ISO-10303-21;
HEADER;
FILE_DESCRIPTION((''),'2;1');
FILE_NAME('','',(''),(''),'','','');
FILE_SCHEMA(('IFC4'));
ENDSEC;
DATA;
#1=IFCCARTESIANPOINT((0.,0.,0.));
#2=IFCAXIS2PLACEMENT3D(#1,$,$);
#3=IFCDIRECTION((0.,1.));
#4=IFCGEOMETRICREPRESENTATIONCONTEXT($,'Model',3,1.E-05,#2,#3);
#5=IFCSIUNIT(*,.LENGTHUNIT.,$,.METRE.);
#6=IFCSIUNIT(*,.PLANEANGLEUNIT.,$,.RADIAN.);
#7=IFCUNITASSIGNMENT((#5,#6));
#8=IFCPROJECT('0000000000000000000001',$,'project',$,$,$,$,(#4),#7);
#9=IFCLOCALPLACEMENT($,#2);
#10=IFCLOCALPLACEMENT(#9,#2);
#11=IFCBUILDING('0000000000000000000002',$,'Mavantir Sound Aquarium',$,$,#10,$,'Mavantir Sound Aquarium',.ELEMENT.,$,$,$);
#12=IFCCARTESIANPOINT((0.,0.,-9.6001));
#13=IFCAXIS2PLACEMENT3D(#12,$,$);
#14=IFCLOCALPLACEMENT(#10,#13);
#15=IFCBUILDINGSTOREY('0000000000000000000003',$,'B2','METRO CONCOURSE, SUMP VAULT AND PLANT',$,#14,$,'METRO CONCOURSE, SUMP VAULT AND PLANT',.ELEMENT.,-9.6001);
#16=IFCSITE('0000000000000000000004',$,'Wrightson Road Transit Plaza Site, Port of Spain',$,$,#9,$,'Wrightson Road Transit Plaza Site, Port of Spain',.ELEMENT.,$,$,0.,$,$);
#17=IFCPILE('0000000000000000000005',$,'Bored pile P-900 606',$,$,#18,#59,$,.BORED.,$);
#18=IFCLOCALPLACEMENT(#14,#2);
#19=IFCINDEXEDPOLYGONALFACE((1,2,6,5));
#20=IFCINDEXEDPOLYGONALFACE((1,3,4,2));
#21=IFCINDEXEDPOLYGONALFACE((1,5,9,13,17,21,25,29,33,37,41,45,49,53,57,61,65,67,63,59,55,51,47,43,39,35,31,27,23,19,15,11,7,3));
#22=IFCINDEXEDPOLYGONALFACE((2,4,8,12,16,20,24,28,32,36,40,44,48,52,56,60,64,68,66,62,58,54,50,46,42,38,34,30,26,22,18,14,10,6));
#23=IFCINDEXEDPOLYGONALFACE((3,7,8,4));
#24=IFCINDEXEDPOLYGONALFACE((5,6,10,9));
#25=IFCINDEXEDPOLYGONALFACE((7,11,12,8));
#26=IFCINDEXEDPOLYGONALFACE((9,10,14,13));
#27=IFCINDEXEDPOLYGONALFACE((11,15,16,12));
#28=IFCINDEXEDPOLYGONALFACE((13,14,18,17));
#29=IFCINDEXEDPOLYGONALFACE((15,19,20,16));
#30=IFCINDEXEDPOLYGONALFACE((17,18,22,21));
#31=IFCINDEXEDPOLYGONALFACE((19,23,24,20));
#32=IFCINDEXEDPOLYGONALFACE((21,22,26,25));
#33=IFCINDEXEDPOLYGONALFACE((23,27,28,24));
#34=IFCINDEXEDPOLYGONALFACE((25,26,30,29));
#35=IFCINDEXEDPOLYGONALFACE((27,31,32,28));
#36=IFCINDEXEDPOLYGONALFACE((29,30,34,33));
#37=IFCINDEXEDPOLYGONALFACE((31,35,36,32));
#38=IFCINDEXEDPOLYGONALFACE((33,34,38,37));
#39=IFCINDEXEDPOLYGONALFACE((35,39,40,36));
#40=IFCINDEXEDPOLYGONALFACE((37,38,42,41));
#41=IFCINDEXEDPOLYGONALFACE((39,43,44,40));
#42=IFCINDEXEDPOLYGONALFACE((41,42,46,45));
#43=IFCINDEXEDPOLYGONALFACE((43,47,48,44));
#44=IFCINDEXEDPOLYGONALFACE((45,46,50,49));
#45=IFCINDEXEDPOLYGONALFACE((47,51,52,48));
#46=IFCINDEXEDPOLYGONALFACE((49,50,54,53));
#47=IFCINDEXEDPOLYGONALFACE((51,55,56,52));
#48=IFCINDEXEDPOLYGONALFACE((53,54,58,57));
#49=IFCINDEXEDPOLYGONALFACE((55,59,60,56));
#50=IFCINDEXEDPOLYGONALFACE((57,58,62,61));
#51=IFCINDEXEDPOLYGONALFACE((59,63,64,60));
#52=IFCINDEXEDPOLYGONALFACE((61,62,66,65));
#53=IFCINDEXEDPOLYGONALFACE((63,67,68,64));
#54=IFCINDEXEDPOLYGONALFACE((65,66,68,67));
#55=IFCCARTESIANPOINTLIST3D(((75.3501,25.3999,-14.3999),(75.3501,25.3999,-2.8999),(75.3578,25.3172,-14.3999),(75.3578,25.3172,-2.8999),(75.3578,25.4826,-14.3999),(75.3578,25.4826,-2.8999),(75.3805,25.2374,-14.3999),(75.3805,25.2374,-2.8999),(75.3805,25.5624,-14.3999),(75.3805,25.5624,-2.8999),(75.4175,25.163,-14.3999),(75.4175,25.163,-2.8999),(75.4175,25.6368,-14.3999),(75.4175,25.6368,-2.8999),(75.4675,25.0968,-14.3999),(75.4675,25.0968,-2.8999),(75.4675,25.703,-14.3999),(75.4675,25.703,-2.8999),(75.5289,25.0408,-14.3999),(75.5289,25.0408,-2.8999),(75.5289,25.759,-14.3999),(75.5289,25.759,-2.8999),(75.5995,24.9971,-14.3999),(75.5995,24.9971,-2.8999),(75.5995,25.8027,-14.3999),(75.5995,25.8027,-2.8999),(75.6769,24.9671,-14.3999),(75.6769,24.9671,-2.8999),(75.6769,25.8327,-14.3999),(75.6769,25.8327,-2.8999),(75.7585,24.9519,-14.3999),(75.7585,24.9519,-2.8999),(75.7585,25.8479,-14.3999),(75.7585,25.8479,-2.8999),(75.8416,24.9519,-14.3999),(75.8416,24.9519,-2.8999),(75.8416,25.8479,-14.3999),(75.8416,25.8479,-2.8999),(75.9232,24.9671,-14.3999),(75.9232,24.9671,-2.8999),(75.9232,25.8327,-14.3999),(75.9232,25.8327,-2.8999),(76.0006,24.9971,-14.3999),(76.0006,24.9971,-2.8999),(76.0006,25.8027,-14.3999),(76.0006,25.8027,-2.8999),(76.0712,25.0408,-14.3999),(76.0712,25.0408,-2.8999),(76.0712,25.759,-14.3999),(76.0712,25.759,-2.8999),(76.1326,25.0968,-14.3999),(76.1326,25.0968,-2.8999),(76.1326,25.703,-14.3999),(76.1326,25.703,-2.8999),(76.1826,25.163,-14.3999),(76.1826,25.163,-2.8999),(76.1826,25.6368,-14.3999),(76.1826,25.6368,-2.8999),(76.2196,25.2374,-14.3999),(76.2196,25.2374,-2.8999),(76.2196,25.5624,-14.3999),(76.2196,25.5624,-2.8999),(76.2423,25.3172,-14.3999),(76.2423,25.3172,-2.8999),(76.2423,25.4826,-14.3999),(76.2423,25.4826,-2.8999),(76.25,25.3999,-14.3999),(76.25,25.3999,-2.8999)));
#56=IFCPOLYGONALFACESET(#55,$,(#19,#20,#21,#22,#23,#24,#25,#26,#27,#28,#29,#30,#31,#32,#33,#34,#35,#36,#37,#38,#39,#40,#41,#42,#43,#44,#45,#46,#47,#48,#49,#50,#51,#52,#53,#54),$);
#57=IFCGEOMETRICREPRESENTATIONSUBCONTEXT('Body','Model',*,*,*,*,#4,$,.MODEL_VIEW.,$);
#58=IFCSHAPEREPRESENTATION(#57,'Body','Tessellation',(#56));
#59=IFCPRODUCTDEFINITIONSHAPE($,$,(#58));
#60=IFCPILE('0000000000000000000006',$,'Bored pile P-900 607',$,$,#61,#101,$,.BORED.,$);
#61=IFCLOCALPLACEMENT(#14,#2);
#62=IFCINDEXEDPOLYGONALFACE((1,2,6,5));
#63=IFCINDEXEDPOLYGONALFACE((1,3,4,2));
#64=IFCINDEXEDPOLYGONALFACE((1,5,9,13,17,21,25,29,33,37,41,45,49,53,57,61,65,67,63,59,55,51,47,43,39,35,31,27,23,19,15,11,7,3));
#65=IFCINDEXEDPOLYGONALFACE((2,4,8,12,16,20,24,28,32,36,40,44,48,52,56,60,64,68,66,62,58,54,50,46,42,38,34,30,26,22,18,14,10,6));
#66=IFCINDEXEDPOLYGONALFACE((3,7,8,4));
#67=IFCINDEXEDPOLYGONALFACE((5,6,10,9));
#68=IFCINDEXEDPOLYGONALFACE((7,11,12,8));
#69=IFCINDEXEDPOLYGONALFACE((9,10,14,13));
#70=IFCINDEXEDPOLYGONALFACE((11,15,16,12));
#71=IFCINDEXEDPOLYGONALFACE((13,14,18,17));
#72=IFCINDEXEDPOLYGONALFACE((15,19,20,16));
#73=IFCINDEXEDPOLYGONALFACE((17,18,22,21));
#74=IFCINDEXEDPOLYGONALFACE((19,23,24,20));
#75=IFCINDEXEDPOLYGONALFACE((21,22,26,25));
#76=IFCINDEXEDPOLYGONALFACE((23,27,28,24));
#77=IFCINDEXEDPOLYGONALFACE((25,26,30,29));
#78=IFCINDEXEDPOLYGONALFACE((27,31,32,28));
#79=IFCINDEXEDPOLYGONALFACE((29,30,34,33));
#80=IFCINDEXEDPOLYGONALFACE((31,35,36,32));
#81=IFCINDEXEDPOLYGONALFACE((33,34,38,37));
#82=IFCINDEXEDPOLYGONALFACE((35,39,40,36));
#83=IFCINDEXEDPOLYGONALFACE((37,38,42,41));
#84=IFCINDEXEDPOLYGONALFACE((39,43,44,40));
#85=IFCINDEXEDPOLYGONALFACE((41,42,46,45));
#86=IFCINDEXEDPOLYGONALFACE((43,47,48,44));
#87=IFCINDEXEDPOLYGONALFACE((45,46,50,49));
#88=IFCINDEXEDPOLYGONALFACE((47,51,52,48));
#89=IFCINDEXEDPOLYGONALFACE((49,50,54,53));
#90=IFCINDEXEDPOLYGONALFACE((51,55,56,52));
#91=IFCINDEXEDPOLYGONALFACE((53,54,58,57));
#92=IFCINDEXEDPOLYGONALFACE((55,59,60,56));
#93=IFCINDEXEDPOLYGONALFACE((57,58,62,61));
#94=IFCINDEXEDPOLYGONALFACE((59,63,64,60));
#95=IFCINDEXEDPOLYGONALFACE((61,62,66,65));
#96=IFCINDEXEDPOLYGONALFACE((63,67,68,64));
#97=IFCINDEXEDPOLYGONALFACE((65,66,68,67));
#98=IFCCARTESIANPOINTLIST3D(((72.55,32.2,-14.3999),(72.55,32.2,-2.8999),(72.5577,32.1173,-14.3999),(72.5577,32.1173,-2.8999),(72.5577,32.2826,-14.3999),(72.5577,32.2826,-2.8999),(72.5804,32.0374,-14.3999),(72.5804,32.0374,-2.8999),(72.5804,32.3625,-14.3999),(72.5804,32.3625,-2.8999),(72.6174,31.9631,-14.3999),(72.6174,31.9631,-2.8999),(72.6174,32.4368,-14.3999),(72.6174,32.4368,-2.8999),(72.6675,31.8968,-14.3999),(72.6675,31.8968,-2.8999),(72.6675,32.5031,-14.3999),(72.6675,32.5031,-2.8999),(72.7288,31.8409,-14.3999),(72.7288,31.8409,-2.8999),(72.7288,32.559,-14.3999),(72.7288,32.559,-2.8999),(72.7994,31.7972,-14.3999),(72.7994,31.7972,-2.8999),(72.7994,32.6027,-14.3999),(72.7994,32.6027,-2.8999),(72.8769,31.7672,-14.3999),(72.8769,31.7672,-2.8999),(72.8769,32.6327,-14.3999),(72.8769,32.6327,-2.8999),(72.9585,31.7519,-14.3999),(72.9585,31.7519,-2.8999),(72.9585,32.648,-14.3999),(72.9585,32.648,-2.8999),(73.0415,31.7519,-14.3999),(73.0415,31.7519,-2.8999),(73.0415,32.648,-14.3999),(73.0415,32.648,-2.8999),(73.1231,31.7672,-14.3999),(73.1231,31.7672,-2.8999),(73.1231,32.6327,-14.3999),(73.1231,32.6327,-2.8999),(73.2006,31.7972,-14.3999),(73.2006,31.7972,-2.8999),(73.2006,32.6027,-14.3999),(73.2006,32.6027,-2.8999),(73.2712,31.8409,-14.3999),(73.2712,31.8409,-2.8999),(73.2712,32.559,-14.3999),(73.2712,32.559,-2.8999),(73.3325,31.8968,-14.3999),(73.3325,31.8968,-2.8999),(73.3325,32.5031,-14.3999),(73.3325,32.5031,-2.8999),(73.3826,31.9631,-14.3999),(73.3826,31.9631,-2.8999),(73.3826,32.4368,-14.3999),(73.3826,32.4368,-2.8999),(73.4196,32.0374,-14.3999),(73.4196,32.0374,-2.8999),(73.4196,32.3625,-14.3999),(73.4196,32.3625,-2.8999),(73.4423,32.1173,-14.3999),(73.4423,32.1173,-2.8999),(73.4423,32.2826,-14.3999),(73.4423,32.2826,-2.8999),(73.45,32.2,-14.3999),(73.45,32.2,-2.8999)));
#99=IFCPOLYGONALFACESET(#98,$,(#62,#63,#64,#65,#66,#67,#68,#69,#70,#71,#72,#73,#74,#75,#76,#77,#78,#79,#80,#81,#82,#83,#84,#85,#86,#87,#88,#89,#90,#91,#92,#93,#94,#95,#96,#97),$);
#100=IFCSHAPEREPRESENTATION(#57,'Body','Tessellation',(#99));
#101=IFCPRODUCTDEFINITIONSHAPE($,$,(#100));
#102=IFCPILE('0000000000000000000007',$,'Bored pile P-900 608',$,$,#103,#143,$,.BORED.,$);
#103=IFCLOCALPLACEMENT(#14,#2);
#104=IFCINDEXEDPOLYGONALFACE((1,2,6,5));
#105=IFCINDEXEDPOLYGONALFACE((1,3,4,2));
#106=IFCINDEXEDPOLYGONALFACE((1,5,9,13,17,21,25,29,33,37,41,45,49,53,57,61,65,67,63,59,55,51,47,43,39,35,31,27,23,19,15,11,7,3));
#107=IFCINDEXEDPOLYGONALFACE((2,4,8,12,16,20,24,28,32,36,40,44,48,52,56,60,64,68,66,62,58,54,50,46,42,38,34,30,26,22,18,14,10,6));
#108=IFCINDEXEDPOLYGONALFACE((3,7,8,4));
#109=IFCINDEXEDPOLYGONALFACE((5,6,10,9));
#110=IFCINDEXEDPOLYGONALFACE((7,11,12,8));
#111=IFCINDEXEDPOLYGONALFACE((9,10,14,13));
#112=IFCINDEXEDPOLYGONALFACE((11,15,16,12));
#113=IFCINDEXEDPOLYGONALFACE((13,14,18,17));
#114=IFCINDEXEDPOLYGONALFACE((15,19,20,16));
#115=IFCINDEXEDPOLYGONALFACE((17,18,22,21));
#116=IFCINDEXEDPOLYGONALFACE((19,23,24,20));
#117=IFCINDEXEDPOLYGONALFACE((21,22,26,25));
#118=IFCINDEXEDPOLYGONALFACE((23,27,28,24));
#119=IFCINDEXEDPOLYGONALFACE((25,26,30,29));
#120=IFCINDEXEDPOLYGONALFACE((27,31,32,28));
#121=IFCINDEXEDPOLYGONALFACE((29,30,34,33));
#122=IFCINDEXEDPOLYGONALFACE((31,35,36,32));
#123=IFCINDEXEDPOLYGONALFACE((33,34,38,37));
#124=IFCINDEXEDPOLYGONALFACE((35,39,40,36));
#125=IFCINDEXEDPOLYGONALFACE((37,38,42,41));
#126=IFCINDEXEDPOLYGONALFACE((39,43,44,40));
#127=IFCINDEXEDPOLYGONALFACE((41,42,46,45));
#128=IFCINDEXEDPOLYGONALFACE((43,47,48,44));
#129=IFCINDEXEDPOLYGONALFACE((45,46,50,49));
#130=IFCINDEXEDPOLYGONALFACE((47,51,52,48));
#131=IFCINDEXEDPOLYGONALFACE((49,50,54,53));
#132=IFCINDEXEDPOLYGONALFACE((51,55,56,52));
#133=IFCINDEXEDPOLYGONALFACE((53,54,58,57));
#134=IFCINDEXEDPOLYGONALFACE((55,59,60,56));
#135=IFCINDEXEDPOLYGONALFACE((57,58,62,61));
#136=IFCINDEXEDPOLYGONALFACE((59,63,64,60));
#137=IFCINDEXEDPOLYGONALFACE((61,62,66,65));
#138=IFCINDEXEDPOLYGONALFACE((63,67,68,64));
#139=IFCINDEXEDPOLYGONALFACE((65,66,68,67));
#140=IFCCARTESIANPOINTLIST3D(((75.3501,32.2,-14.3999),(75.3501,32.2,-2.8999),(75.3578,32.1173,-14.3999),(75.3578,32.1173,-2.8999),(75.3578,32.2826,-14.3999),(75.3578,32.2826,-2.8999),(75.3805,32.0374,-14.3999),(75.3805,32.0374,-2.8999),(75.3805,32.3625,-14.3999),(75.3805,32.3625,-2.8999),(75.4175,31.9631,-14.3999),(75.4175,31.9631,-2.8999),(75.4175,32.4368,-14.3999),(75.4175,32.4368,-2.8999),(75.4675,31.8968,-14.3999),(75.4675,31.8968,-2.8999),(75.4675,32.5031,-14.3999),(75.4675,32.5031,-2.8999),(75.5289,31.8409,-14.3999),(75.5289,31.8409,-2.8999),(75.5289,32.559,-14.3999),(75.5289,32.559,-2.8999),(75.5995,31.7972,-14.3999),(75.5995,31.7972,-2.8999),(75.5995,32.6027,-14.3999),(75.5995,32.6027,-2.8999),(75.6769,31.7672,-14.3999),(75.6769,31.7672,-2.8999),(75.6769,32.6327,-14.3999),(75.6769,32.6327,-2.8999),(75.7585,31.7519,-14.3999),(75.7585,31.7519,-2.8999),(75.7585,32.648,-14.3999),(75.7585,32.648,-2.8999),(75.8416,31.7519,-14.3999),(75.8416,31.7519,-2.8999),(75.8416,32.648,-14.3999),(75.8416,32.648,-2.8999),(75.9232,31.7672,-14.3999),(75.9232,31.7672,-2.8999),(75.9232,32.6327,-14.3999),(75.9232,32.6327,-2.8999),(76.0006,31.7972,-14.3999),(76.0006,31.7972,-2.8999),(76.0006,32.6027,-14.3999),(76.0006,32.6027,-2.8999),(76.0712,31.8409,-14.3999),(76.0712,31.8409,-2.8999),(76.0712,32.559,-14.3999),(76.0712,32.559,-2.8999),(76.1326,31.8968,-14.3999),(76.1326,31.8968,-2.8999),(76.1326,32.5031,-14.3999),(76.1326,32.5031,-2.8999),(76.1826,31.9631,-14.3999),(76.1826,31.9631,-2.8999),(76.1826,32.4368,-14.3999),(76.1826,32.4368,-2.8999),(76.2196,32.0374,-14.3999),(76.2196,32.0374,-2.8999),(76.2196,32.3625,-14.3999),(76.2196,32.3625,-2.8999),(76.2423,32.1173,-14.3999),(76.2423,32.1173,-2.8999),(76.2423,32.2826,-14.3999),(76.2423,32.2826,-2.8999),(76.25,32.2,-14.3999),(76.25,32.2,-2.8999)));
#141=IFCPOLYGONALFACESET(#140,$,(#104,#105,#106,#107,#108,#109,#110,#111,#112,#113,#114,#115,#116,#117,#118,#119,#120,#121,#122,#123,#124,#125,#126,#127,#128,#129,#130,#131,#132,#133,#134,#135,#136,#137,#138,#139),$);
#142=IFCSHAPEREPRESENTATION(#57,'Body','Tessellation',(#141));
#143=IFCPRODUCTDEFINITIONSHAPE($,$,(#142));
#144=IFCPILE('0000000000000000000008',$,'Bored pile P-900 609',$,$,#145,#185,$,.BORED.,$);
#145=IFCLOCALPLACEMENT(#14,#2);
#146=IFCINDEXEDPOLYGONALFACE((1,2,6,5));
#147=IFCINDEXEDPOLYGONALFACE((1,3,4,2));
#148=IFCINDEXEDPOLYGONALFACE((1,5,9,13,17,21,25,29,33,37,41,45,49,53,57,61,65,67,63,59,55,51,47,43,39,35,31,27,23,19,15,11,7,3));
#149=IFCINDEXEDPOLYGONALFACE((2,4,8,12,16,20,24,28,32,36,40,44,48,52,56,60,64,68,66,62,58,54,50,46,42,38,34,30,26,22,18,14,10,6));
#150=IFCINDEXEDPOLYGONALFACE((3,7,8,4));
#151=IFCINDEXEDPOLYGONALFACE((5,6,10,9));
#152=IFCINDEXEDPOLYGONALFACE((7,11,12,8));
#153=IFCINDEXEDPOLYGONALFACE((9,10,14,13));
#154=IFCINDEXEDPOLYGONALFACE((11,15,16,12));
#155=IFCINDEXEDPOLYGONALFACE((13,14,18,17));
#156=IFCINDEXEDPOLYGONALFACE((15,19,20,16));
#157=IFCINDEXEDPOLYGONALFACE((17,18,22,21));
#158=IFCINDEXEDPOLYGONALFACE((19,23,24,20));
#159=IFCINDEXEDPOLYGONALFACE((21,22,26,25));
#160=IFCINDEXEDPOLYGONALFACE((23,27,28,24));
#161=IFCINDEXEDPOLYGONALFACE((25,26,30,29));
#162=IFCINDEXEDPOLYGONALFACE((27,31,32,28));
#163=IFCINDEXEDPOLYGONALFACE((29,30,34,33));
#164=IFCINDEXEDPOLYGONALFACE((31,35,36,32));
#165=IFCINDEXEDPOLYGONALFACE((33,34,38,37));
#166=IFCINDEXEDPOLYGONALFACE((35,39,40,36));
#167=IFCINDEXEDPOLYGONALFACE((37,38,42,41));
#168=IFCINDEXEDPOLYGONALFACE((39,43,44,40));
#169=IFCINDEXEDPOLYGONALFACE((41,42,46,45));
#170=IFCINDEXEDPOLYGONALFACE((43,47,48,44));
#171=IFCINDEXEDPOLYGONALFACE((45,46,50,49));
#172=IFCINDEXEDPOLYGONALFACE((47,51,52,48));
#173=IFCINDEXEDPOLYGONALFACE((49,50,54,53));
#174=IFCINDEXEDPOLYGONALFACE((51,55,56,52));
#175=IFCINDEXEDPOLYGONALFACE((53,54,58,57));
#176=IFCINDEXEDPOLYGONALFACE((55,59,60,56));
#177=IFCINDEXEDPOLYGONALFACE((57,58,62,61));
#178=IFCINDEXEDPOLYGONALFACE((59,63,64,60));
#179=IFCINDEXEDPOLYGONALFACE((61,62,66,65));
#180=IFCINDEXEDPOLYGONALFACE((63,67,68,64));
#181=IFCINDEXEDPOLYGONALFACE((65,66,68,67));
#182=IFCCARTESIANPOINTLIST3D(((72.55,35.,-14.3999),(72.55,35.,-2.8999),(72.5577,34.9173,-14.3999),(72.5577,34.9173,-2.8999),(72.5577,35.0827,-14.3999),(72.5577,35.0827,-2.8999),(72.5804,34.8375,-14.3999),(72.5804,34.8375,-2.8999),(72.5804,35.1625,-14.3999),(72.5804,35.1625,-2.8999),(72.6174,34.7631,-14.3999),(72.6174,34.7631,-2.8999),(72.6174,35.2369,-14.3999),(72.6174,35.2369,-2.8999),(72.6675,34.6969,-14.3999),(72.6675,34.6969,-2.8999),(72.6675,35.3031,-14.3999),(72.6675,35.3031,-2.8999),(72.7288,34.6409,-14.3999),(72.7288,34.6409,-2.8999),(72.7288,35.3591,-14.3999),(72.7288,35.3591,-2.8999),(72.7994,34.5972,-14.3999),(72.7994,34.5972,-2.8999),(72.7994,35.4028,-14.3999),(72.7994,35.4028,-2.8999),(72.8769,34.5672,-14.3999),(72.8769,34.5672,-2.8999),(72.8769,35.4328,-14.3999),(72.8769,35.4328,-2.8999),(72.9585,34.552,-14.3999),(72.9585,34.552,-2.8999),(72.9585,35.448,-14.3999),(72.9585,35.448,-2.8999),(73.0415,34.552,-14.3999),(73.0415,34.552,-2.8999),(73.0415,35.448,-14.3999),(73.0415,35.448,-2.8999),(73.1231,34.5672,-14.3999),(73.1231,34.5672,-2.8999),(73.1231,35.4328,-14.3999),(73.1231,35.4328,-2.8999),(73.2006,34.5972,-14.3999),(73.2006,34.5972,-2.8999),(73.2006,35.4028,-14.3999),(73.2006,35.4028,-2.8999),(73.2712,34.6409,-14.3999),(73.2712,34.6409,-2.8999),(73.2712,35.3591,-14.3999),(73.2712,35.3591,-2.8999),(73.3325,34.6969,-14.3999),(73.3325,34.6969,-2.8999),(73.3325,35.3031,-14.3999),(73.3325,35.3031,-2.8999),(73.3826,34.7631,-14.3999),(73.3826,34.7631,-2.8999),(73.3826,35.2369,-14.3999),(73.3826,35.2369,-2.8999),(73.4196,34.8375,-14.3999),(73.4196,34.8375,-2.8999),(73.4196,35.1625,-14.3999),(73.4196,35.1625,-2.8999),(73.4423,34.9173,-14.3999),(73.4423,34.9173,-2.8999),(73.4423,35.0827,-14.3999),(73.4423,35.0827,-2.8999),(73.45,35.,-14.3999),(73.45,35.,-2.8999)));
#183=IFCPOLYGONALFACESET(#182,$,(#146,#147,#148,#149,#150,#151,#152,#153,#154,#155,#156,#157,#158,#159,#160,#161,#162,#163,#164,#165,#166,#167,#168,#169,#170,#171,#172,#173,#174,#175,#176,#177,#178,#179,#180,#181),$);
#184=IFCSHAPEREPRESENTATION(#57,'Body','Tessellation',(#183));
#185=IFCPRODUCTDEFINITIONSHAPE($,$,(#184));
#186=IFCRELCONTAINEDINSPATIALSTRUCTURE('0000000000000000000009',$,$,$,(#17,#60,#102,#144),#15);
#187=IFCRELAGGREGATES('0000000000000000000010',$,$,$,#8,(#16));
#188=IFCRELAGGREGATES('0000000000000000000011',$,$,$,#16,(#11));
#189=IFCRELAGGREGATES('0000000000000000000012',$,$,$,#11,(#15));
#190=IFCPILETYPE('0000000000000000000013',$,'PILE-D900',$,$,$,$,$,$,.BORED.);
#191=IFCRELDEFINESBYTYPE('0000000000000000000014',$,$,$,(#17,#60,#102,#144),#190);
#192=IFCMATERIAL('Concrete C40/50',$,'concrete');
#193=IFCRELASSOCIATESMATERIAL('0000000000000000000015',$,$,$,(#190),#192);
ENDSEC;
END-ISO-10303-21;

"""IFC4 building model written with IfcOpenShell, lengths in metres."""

from ifc_helpers import new_model, si_unit, direction, frame, origin, origin_2d, place, context, subcontext, project, spatial, circle, extrude, material, material_profile, profile_set, type_object, element, save


model = new_model("IFC4")

# Units and contexts
model_context = context("Model", 3, precision=1e-05, world=origin(), true_north=direction((0.0, 1.0)))
body_context = subcontext(model_context, "Body", "Model", "MODEL_VIEW")
ifc_project = project(units=[si_unit("LENGTHUNIT", "METRE"), si_unit("PLANEANGLEUNIT", "RADIAN")], contexts=[model_context])

# Site, building, storey
site_placement = place(None, origin())
site = spatial("IfcSite", under=ifc_project, at=site_placement, Name="Wrightson Road Transit Plaza Site, Port of Spain", LongName="Wrightson Road Transit Plaza Site, Port of Spain", CompositionType="ELEMENT", RefElevation=0.0)
building_placement = place(site_placement, origin())
building = spatial("IfcBuilding", under=site, at=building_placement, Name="Mavantir Sound Aquarium", LongName="Mavantir Sound Aquarium", CompositionType="ELEMENT")
storey_placement = place(building_placement, frame((0.0, 0.0, -9.6001)))
storey = spatial("IfcBuildingStorey", under=building, at=storey_placement, Name="B2", Description="METRO CONCOURSE, SUMP VAULT AND PLANT", LongName="METRO CONCOURSE, SUMP VAULT AND PLANT", CompositionType="ELEMENT", Elevation=-9.6001)

# Shared definitions
ifc_material_1 = material(Name="Concrete C40/50", Category="concrete")

# Piles
ifc_material_profile_1 = material_profile(ifc_material_1, circle(Radius=0.45, at=origin_2d()), Name="PILE D900")
ifc_profile_set_1 = profile_set([ifc_material_profile_1], Name="Concrete C40/50")
pile_type = type_object("IfcPileType", Name="PILE-D900", PredefinedType="BORED", material=ifc_profile_set_1)
for number, where, z_axis, x_axis, name in (
    (1, (75.8, 25.3999, -2.8999), (0.0, 0.0, -1.0), (1.0, 0.0, 0.0), "Bored pile P-900 606"),
    (2, (73.0, 32.2, -2.8999), (0.0, 0.0, -1.0), (1.0, 0.0, 0.0), "Bored pile P-900 607"),
    (3, (75.8, 32.2, -2.8999), (0.0, 0.0, -1.0), (1.0, 0.0, 0.0), "Bored pile P-900 608"),
    (4, (73.0, 35.0, -2.8999), (0.0, 0.0, -1.0), (1.0, 0.0, 0.0), "Bored pile P-900 609"),
):
    element("IfcPile", number, at=place(storey_placement, frame(where, z_axis=z_axis, x_axis=x_axis)), inside=storey, type_object=pile_type, Name=name, PredefinedType="BORED", context=body_context, shape_type="SweptSolid", body=[
        extrude(circle(Radius=0.45, at=origin_2d()), origin(), (0.0, 0.0, 1.0), 11.5),
    ])

save(model, "model.ifc")
